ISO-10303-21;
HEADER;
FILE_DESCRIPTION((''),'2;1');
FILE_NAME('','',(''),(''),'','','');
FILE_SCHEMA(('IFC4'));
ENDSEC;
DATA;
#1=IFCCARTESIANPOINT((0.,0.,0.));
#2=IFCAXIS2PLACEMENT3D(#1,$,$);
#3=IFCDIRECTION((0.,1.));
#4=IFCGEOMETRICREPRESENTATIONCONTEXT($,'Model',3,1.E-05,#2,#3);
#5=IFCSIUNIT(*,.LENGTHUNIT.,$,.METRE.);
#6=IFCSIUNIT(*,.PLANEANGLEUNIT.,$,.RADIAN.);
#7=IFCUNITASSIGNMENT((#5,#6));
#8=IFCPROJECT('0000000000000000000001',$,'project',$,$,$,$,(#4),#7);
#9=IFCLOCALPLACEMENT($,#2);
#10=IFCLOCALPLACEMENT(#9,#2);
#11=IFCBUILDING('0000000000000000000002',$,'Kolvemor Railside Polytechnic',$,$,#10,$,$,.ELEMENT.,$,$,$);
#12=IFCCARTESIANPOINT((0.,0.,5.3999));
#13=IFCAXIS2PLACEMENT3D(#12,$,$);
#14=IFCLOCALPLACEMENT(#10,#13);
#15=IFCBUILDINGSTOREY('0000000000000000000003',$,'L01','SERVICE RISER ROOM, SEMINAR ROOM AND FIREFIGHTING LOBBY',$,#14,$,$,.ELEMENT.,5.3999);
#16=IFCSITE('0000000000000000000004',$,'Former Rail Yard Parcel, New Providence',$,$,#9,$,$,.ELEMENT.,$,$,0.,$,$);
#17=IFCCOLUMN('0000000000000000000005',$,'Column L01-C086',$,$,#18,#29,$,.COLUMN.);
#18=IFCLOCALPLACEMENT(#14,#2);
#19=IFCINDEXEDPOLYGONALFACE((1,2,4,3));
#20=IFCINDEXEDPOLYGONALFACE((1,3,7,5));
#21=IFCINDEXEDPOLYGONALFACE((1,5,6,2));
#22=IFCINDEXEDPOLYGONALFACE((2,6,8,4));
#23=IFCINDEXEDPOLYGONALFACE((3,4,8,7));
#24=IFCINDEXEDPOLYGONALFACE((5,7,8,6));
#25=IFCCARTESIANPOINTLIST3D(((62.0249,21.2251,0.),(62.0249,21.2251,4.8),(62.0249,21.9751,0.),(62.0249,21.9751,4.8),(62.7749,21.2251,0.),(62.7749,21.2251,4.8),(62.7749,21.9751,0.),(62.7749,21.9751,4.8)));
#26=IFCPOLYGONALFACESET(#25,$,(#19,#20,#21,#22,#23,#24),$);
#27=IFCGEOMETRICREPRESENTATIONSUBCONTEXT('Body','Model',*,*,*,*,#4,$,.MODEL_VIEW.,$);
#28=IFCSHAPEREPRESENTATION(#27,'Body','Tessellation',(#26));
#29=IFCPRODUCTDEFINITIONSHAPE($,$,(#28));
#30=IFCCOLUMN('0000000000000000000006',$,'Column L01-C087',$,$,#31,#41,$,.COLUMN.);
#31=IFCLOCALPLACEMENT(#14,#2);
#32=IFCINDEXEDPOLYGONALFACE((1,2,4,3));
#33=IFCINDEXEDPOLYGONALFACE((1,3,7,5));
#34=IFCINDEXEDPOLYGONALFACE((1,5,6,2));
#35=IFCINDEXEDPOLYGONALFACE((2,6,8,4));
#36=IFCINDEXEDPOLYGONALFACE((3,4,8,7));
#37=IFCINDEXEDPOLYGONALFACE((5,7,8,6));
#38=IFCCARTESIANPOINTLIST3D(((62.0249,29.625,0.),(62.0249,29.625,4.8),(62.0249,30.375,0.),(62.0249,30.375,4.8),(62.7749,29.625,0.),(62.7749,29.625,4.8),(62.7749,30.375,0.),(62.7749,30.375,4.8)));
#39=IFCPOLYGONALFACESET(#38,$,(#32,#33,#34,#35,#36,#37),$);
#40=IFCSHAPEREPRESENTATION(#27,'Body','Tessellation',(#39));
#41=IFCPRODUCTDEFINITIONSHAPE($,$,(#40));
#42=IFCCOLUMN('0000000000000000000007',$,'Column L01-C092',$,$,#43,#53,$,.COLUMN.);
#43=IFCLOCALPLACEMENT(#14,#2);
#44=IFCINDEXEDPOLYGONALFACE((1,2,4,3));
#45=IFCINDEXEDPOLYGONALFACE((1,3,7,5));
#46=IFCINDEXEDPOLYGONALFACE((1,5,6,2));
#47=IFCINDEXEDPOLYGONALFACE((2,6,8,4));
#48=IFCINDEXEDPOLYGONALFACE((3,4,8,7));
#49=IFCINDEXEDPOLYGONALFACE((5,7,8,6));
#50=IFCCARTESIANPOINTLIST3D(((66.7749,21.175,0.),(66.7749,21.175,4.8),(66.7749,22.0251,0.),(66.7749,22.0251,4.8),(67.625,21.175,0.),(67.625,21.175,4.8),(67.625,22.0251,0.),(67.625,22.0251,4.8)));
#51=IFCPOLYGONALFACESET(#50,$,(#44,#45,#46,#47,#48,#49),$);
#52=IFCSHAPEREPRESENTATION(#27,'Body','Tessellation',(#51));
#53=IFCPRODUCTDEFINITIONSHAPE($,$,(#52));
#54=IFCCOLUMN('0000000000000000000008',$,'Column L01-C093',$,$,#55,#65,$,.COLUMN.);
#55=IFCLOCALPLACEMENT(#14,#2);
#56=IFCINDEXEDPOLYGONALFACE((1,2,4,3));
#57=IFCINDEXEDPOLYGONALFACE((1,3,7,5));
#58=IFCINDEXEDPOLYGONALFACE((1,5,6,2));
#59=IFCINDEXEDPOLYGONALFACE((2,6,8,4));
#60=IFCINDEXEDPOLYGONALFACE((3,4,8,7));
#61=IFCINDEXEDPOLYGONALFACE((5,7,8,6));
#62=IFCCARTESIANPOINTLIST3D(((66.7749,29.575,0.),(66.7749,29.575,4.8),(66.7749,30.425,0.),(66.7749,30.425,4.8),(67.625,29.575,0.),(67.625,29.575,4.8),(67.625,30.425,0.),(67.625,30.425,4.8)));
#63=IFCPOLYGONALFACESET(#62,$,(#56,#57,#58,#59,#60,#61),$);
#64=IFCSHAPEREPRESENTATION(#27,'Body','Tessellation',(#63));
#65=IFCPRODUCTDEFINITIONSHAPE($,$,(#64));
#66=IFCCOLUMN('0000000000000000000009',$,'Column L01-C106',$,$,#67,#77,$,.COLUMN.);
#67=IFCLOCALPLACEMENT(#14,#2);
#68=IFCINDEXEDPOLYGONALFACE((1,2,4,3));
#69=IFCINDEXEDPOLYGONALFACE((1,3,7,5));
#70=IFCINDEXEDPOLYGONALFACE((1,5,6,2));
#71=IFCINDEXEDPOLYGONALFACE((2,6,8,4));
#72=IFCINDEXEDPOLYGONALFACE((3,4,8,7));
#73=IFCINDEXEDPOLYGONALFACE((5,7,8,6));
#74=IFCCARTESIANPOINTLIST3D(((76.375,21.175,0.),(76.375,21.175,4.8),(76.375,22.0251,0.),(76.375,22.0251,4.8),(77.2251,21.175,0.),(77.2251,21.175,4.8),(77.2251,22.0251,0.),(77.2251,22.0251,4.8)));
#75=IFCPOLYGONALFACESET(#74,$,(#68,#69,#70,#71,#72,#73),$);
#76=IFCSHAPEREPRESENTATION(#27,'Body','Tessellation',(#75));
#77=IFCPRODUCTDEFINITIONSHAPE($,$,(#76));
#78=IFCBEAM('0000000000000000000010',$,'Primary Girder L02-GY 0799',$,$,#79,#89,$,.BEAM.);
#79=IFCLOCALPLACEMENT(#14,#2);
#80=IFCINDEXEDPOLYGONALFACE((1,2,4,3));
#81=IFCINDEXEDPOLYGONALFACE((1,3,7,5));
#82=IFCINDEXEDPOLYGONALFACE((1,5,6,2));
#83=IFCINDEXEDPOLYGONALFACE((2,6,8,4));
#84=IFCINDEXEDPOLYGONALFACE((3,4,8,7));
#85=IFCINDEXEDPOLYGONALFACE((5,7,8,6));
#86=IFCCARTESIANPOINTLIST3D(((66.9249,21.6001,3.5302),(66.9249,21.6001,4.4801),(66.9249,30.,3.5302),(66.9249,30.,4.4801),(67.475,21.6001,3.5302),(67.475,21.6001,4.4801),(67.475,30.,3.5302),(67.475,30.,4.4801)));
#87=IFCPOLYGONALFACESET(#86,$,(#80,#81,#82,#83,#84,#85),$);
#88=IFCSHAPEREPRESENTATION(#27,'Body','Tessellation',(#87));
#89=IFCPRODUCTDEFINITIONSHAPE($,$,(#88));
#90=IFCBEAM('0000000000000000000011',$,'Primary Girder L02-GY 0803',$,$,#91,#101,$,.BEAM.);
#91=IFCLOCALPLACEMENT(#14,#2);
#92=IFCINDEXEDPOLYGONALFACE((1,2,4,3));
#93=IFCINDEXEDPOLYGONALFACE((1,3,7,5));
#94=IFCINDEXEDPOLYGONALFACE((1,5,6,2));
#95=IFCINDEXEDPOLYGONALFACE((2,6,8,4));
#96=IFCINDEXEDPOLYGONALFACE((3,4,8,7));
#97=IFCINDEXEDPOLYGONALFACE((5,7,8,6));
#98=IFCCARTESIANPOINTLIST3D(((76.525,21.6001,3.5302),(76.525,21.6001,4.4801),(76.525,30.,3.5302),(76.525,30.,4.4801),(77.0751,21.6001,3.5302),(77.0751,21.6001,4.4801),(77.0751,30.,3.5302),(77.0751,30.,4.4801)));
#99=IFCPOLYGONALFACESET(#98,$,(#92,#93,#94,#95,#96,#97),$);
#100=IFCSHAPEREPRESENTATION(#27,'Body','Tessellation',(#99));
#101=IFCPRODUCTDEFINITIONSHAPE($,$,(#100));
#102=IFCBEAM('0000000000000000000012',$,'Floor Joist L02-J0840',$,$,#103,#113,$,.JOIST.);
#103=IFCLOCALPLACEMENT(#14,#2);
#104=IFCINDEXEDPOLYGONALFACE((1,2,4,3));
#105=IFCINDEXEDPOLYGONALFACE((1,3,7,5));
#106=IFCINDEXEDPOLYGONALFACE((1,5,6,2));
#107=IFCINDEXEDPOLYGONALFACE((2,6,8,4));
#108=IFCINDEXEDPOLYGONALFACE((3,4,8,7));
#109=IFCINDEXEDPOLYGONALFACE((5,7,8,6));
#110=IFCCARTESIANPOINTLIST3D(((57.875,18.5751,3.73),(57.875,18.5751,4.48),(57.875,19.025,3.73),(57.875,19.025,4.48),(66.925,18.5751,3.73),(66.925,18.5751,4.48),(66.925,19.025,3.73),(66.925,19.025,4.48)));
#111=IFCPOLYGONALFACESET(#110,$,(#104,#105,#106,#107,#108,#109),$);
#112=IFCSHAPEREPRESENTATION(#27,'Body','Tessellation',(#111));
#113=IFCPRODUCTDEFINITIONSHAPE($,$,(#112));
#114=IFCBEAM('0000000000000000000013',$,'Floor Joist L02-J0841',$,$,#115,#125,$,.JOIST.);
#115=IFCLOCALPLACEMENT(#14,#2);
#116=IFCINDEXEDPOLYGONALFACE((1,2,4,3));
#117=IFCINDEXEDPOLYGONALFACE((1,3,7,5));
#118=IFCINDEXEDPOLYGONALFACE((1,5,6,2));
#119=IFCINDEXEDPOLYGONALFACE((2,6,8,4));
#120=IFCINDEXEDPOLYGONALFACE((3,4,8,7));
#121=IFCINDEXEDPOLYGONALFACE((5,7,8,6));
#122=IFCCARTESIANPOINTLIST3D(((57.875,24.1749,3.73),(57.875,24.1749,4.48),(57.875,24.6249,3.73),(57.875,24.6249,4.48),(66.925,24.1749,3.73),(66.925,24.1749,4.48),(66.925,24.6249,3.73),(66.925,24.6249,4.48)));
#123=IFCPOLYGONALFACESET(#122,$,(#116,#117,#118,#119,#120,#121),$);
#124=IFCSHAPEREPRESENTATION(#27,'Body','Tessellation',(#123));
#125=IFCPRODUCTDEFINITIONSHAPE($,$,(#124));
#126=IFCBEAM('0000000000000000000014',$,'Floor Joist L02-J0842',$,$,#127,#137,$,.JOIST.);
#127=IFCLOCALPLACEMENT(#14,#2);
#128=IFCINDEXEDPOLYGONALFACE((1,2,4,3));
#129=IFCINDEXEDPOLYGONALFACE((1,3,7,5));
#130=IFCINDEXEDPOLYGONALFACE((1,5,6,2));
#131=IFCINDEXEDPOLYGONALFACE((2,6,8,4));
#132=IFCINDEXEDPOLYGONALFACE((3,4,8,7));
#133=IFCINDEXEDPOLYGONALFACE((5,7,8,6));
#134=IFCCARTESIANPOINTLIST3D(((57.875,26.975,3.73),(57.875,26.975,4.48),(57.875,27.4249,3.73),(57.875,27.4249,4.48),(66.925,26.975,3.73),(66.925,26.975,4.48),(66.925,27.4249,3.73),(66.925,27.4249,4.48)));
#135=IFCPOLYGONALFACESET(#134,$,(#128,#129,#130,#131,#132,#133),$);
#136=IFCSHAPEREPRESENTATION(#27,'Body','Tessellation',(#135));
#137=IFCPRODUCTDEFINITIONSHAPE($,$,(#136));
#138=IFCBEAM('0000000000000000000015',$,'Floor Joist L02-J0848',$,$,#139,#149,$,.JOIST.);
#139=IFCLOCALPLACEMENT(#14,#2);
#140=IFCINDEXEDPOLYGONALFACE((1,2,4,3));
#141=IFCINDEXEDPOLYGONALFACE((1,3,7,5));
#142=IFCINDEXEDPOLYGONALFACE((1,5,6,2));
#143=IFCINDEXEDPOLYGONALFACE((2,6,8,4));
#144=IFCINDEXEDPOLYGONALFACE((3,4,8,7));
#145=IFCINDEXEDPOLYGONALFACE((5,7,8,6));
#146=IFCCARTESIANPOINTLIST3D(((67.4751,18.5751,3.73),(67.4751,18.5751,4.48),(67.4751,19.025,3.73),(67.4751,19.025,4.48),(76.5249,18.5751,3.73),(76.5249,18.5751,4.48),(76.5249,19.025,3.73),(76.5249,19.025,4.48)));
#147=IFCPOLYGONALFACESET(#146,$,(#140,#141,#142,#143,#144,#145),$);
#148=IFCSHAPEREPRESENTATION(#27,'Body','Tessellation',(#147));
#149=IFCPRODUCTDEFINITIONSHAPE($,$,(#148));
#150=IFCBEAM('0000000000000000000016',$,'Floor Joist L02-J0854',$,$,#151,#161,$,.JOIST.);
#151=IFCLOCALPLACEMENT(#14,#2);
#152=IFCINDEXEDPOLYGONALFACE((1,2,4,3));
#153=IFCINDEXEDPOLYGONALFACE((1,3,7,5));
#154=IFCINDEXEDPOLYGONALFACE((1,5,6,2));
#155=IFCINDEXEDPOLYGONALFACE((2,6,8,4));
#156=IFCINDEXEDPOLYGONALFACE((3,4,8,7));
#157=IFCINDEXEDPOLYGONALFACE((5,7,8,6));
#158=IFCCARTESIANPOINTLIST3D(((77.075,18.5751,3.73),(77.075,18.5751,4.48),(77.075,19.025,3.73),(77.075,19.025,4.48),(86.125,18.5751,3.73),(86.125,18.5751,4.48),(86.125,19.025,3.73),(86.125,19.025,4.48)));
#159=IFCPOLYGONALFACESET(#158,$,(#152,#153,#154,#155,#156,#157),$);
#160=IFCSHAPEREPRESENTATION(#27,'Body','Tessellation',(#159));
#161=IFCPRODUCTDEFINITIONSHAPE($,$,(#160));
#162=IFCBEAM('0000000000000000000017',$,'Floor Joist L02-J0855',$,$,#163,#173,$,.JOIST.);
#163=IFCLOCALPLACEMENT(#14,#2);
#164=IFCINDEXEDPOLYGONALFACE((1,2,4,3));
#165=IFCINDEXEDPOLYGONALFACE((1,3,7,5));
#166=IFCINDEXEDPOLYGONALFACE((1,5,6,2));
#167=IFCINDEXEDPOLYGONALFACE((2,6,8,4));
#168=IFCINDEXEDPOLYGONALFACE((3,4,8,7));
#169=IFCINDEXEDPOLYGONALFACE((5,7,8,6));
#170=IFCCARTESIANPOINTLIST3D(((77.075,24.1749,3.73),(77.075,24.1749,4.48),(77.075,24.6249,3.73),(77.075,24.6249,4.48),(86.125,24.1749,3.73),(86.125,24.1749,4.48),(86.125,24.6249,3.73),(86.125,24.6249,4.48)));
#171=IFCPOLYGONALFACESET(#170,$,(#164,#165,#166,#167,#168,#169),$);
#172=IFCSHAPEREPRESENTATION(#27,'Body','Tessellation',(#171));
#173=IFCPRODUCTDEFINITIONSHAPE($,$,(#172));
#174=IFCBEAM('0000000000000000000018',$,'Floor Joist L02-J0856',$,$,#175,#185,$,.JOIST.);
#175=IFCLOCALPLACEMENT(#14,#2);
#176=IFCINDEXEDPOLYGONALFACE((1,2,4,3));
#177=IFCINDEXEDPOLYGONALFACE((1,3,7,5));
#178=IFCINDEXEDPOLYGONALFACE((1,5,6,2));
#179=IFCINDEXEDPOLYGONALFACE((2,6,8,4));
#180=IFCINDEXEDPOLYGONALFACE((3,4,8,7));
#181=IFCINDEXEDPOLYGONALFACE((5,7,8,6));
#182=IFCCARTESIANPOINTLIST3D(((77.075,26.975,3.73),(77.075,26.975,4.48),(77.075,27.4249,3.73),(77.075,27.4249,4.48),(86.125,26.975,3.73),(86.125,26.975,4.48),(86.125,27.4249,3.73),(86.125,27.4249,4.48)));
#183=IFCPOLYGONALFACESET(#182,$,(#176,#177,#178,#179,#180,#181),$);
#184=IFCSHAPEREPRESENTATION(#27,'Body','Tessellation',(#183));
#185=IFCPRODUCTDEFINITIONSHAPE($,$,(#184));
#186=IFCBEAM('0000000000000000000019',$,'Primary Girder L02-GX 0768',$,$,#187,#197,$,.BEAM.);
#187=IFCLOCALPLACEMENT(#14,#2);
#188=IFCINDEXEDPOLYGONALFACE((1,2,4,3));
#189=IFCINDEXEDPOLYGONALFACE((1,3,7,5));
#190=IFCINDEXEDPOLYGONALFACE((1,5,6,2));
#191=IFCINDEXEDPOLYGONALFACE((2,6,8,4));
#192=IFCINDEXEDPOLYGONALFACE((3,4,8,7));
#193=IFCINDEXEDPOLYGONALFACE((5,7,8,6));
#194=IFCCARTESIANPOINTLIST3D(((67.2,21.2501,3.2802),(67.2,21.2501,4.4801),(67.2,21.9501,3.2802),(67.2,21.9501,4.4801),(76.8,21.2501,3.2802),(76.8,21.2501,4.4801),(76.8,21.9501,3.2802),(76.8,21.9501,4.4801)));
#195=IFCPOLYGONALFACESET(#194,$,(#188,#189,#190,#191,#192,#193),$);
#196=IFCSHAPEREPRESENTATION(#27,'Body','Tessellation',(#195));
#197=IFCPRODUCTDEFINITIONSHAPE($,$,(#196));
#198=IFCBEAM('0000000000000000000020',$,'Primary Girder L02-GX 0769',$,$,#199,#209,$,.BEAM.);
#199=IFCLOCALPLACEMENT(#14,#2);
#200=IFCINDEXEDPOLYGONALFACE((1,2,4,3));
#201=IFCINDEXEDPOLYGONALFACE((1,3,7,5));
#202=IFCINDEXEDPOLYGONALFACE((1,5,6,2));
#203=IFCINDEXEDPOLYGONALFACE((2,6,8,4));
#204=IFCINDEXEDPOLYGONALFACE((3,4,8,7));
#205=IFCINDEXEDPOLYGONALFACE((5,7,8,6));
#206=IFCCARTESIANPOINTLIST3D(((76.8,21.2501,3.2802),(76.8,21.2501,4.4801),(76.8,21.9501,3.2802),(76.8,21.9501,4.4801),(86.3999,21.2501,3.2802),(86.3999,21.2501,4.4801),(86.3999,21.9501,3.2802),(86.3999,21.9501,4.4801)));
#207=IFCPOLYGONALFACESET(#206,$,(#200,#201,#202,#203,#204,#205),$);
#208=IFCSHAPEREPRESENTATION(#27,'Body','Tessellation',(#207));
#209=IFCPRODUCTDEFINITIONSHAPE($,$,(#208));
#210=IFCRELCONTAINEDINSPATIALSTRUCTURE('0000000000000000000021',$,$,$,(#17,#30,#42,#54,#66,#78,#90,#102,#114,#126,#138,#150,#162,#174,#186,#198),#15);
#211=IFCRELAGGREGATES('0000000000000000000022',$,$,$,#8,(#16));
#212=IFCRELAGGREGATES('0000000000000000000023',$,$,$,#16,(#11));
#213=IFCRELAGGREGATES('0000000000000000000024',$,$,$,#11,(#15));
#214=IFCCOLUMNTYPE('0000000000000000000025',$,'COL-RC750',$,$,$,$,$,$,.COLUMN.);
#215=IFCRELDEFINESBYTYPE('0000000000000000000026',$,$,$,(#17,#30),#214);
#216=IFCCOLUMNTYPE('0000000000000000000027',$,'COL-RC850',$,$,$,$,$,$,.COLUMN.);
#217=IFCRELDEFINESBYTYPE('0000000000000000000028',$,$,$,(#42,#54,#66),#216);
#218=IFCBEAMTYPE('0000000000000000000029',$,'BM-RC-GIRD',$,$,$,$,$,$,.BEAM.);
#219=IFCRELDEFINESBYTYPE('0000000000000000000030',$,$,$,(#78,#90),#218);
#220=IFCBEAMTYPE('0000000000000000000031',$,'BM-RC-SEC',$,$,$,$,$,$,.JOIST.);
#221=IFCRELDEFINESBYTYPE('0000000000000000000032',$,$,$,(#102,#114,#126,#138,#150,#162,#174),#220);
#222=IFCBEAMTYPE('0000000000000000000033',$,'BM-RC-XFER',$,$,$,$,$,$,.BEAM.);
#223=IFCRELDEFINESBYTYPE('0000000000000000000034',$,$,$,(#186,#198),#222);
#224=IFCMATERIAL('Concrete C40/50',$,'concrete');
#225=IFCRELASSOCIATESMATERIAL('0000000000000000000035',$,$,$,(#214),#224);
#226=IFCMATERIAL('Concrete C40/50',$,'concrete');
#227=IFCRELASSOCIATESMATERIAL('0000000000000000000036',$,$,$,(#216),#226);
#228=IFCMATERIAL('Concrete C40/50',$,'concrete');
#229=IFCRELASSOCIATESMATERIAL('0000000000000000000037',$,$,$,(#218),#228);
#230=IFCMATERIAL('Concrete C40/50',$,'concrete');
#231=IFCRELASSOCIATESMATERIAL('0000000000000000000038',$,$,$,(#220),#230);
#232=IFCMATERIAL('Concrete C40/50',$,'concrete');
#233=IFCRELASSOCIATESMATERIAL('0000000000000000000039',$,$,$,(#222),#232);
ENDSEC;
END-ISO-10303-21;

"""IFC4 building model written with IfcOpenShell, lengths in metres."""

from ifc_helpers import new_model, si_unit, direction, frame, origin, origin_2d, place, context, subcontext, project, spatial, rectangle, extrude, material, material_profile, profile_set, type_object, element, save


model = new_model("IFC4")

# Units and contexts
model_context = context("Model", 3, precision=1e-05, world=origin(), true_north=direction((0.0, 1.0)))
body_context = subcontext(model_context, "Body", "Model", "MODEL_VIEW")
ifc_project = project(units=[si_unit("LENGTHUNIT", "METRE"), si_unit("PLANEANGLEUNIT", "RADIAN")], contexts=[model_context])

# Site, building, storey
site_placement = place(None, origin())
site = spatial("IfcSite", under=ifc_project, at=site_placement, Name="Former Rail Yard Parcel, New Providence", CompositionType="ELEMENT", RefElevation=0.0)
building_placement = place(site_placement, origin())
building = spatial("IfcBuilding", under=site, at=building_placement, Name="Kolvemor Railside Polytechnic", CompositionType="ELEMENT")
storey_placement = place(building_placement, frame((0.0, 0.0, 5.3999)))
storey = spatial("IfcBuildingStorey", under=building, at=storey_placement, Name="L01", Description="SERVICE RISER ROOM, SEMINAR ROOM AND FIREFIGHTING LOBBY", CompositionType="ELEMENT", Elevation=5.3999)

# Columns
ifc_material_1 = material(Name="Concrete C40/50", Category="concrete")
ifc_material_profile_1 = material_profile(ifc_material_1, rectangle(XDim=0.75, YDim=0.75, at=origin_2d()), Name="RC750x750")
ifc_profile_set_1 = profile_set([ifc_material_profile_1], Name="Concrete C40/50")
column_type_1 = type_object("IfcColumnType", Name="COL-RC750", PredefinedType="COLUMN", material=ifc_profile_set_1)
for number, where, z_axis, x_axis, name in (
    (1, (62.3999, 21.6001, 0.0), (0.0, 0.0, 1.0), (1.0, 0.0, 0.0), "Column L01-C086"),
    (2, (62.3999, 30.0, 0.0), (0.0, 0.0, 1.0), (1.0, 0.0, 0.0), "Column L01-C087"),
):
    element("IfcColumn", number, at=place(storey_placement, frame(where, z_axis=z_axis, x_axis=x_axis)), inside=storey, type_object=column_type_1, Name=name, PredefinedType="COLUMN", context=body_context, shape_type="SweptSolid", body=[
        extrude(rectangle(XDim=0.75, YDim=0.75, at=origin_2d()), origin(), (0.0, 0.0, 1.0), 4.8),
    ])
ifc_material_2 = material(Name="Concrete C40/50", Category="concrete")
ifc_material_profile_2 = material_profile(ifc_material_2, rectangle(XDim=0.8501, YDim=0.8501, at=origin_2d()), Name="RC850x850")
ifc_profile_set_2 = profile_set([ifc_material_profile_2], Name="Concrete C40/50")
column_type_2 = type_object("IfcColumnType", Name="COL-RC850", PredefinedType="COLUMN", material=ifc_profile_set_2)
for number, where, z_axis, x_axis, name in (
    (3, (67.2, 21.6001, 0.0), (0.0, 0.0, 1.0), (1.0, 0.0, 0.0), "Column L01-C092"),
    (4, (67.2, 30.0, 0.0), (0.0, 0.0, 1.0), (1.0, 0.0, 0.0), "Column L01-C093"),
    (5, (76.8, 21.6001, 0.0), (0.0, 0.0, 1.0), (1.0, 0.0, 0.0), "Column L01-C106"),
):
    element("IfcColumn", number, at=place(storey_placement, frame(where, z_axis=z_axis, x_axis=x_axis)), inside=storey, type_object=column_type_2, Name=name, PredefinedType="COLUMN", context=body_context, shape_type="SweptSolid", body=[
        extrude(rectangle(XDim=0.8501, YDim=0.8501, at=origin_2d()), origin(), (0.0, 0.0, 1.0), 4.8),
    ])

# Beams
ifc_material_3 = material(Name="Concrete C40/50", Category="concrete")
ifc_material_profile_3 = material_profile(ifc_material_3, rectangle(XDim=0.55, YDim=0.95, at=origin_2d()), Name="RC550x950")
ifc_profile_set_3 = profile_set([ifc_material_profile_3], Name="Concrete C40/50")
beam_type_1 = type_object("IfcBeamType", Name="BM-RC-GIRD", PredefinedType="BEAM", material=ifc_profile_set_3)
for number, where, z_axis, x_axis, name in (
    (6, (67.2, 21.6001, 4.0051), (0.0, 1.0, 0.0), (-1.0, 0.0, 0.0), "Primary Girder L02-GY 0799"),
    (7, (76.8, 21.6001, 4.0051), (0.0, 1.0, 0.0), (-1.0, 0.0, 0.0), "Primary Girder L02-GY 0803"),
):
    element("IfcBeam", number, at=place(storey_placement, frame(where, z_axis=z_axis, x_axis=x_axis)), inside=storey, type_object=beam_type_1, Name=name, PredefinedType="BEAM", context=body_context, shape_type="SweptSolid", body=[
        extrude(rectangle(XDim=0.55, YDim=0.95, at=origin_2d()), origin(), (0.0, 0.0, 1.0), 8.3999),
    ])
ifc_material_4 = material(Name="Concrete C40/50", Category="concrete")
ifc_material_profile_4 = material_profile(ifc_material_4, rectangle(XDim=0.45, YDim=0.75, at=origin_2d()), Name="RC450x750")
ifc_profile_set_4 = profile_set([ifc_material_profile_4], Name="Concrete C40/50")
beam_type_2 = type_object("IfcBeamType", Name="BM-RC-SEC", PredefinedType="JOIST", material=ifc_profile_set_4)
for number, where, z_axis, x_axis, name in (
    (8, (57.875, 18.8, 4.105), (1.0, 0.0, 0.0), (0.0, 1.0, 0.0), "Floor Joist L02-J0840"),
    (9, (57.875, 24.3999, 4.105), (1.0, 0.0, 0.0), (0.0, 1.0, 0.0), "Floor Joist L02-J0841"),
    (10, (57.875, 27.2, 4.105), (1.0, 0.0, 0.0), (0.0, 1.0, 0.0), "Floor Joist L02-J0842"),
):
    element("IfcBeam", number, at=place(storey_placement, frame(where, z_axis=z_axis, x_axis=x_axis)), inside=storey, type_object=beam_type_2, Name=name, PredefinedType="JOIST", context=body_context, shape_type="SweptSolid", body=[
        extrude(rectangle(XDim=0.45, YDim=0.75, at=origin_2d()), origin(), (0.0, 0.0, 1.0), 9.05),
    ])
beam_1_placement = place(storey_placement, frame((67.4751, 18.8, 4.105), z_axis=(1.0, 0.0, 0.0), x_axis=(0.0, 1.0, 0.0)))
element("IfcBeam", 11, at=beam_1_placement, inside=storey, type_object=beam_type_2, Name="Floor Joist L02-J0848", PredefinedType="JOIST", context=body_context, shape_type="SweptSolid", body=[
    extrude(rectangle(XDim=0.45, YDim=0.75, at=origin_2d()), origin(), (0.0, 0.0, 1.0), 9.0498),
])
for number, where, z_axis, x_axis, name in (
    (12, (77.075, 18.8, 4.105), (1.0, 0.0, 0.0), (0.0, 1.0, 0.0), "Floor Joist L02-J0854"),
    (13, (77.075, 24.3999, 4.105), (1.0, 0.0, 0.0), (0.0, 1.0, 0.0), "Floor Joist L02-J0855"),
    (14, (77.075, 27.2, 4.105), (1.0, 0.0, 0.0), (0.0, 1.0, 0.0), "Floor Joist L02-J0856"),
):
    element("IfcBeam", number, at=place(storey_placement, frame(where, z_axis=z_axis, x_axis=x_axis)), inside=storey, type_object=beam_type_2, Name=name, PredefinedType="JOIST", context=body_context, shape_type="SweptSolid", body=[
        extrude(rectangle(XDim=0.45, YDim=0.75, at=origin_2d()), origin(), (0.0, 0.0, 1.0), 9.05),
    ])
ifc_material_5 = material(Name="Concrete C40/50", Category="concrete")
ifc_material_profile_5 = material_profile(ifc_material_5, rectangle(XDim=0.7, YDim=1.2, at=origin_2d()), Name="RC700x1200")
ifc_profile_set_5 = profile_set([ifc_material_profile_5], Name="Concrete C40/50")
beam_type_3 = type_object("IfcBeamType", Name="BM-RC-XFER", PredefinedType="BEAM", material=ifc_profile_set_5)
beam_2_placement = place(storey_placement, frame((67.2, 21.6001, 3.8801), z_axis=(1.0, 0.0, 0.0), x_axis=(0.0, 1.0, 0.0)))
element("IfcBeam", 15, at=beam_2_placement, inside=storey, type_object=beam_type_3, Name="Primary Girder L02-GX 0768", PredefinedType="BEAM", context=body_context, shape_type="SweptSolid", body=[
    extrude(rectangle(XDim=0.7, YDim=1.2, at=origin_2d()), origin(), (0.0, 0.0, 1.0), 9.6001),
])
beam_3_placement = place(storey_placement, frame((76.8, 21.6001, 3.8801), z_axis=(1.0, 0.0, 0.0), x_axis=(0.0, 1.0, 0.0)))
element("IfcBeam", 16, at=beam_3_placement, inside=storey, type_object=beam_type_3, Name="Primary Girder L02-GX 0769", PredefinedType="BEAM", context=body_context, shape_type="SweptSolid", body=[
    extrude(rectangle(XDim=0.7, YDim=1.2, at=origin_2d()), origin(), (0.0, 0.0, 1.0), 9.5999),
])

save(model, "model.ifc")
